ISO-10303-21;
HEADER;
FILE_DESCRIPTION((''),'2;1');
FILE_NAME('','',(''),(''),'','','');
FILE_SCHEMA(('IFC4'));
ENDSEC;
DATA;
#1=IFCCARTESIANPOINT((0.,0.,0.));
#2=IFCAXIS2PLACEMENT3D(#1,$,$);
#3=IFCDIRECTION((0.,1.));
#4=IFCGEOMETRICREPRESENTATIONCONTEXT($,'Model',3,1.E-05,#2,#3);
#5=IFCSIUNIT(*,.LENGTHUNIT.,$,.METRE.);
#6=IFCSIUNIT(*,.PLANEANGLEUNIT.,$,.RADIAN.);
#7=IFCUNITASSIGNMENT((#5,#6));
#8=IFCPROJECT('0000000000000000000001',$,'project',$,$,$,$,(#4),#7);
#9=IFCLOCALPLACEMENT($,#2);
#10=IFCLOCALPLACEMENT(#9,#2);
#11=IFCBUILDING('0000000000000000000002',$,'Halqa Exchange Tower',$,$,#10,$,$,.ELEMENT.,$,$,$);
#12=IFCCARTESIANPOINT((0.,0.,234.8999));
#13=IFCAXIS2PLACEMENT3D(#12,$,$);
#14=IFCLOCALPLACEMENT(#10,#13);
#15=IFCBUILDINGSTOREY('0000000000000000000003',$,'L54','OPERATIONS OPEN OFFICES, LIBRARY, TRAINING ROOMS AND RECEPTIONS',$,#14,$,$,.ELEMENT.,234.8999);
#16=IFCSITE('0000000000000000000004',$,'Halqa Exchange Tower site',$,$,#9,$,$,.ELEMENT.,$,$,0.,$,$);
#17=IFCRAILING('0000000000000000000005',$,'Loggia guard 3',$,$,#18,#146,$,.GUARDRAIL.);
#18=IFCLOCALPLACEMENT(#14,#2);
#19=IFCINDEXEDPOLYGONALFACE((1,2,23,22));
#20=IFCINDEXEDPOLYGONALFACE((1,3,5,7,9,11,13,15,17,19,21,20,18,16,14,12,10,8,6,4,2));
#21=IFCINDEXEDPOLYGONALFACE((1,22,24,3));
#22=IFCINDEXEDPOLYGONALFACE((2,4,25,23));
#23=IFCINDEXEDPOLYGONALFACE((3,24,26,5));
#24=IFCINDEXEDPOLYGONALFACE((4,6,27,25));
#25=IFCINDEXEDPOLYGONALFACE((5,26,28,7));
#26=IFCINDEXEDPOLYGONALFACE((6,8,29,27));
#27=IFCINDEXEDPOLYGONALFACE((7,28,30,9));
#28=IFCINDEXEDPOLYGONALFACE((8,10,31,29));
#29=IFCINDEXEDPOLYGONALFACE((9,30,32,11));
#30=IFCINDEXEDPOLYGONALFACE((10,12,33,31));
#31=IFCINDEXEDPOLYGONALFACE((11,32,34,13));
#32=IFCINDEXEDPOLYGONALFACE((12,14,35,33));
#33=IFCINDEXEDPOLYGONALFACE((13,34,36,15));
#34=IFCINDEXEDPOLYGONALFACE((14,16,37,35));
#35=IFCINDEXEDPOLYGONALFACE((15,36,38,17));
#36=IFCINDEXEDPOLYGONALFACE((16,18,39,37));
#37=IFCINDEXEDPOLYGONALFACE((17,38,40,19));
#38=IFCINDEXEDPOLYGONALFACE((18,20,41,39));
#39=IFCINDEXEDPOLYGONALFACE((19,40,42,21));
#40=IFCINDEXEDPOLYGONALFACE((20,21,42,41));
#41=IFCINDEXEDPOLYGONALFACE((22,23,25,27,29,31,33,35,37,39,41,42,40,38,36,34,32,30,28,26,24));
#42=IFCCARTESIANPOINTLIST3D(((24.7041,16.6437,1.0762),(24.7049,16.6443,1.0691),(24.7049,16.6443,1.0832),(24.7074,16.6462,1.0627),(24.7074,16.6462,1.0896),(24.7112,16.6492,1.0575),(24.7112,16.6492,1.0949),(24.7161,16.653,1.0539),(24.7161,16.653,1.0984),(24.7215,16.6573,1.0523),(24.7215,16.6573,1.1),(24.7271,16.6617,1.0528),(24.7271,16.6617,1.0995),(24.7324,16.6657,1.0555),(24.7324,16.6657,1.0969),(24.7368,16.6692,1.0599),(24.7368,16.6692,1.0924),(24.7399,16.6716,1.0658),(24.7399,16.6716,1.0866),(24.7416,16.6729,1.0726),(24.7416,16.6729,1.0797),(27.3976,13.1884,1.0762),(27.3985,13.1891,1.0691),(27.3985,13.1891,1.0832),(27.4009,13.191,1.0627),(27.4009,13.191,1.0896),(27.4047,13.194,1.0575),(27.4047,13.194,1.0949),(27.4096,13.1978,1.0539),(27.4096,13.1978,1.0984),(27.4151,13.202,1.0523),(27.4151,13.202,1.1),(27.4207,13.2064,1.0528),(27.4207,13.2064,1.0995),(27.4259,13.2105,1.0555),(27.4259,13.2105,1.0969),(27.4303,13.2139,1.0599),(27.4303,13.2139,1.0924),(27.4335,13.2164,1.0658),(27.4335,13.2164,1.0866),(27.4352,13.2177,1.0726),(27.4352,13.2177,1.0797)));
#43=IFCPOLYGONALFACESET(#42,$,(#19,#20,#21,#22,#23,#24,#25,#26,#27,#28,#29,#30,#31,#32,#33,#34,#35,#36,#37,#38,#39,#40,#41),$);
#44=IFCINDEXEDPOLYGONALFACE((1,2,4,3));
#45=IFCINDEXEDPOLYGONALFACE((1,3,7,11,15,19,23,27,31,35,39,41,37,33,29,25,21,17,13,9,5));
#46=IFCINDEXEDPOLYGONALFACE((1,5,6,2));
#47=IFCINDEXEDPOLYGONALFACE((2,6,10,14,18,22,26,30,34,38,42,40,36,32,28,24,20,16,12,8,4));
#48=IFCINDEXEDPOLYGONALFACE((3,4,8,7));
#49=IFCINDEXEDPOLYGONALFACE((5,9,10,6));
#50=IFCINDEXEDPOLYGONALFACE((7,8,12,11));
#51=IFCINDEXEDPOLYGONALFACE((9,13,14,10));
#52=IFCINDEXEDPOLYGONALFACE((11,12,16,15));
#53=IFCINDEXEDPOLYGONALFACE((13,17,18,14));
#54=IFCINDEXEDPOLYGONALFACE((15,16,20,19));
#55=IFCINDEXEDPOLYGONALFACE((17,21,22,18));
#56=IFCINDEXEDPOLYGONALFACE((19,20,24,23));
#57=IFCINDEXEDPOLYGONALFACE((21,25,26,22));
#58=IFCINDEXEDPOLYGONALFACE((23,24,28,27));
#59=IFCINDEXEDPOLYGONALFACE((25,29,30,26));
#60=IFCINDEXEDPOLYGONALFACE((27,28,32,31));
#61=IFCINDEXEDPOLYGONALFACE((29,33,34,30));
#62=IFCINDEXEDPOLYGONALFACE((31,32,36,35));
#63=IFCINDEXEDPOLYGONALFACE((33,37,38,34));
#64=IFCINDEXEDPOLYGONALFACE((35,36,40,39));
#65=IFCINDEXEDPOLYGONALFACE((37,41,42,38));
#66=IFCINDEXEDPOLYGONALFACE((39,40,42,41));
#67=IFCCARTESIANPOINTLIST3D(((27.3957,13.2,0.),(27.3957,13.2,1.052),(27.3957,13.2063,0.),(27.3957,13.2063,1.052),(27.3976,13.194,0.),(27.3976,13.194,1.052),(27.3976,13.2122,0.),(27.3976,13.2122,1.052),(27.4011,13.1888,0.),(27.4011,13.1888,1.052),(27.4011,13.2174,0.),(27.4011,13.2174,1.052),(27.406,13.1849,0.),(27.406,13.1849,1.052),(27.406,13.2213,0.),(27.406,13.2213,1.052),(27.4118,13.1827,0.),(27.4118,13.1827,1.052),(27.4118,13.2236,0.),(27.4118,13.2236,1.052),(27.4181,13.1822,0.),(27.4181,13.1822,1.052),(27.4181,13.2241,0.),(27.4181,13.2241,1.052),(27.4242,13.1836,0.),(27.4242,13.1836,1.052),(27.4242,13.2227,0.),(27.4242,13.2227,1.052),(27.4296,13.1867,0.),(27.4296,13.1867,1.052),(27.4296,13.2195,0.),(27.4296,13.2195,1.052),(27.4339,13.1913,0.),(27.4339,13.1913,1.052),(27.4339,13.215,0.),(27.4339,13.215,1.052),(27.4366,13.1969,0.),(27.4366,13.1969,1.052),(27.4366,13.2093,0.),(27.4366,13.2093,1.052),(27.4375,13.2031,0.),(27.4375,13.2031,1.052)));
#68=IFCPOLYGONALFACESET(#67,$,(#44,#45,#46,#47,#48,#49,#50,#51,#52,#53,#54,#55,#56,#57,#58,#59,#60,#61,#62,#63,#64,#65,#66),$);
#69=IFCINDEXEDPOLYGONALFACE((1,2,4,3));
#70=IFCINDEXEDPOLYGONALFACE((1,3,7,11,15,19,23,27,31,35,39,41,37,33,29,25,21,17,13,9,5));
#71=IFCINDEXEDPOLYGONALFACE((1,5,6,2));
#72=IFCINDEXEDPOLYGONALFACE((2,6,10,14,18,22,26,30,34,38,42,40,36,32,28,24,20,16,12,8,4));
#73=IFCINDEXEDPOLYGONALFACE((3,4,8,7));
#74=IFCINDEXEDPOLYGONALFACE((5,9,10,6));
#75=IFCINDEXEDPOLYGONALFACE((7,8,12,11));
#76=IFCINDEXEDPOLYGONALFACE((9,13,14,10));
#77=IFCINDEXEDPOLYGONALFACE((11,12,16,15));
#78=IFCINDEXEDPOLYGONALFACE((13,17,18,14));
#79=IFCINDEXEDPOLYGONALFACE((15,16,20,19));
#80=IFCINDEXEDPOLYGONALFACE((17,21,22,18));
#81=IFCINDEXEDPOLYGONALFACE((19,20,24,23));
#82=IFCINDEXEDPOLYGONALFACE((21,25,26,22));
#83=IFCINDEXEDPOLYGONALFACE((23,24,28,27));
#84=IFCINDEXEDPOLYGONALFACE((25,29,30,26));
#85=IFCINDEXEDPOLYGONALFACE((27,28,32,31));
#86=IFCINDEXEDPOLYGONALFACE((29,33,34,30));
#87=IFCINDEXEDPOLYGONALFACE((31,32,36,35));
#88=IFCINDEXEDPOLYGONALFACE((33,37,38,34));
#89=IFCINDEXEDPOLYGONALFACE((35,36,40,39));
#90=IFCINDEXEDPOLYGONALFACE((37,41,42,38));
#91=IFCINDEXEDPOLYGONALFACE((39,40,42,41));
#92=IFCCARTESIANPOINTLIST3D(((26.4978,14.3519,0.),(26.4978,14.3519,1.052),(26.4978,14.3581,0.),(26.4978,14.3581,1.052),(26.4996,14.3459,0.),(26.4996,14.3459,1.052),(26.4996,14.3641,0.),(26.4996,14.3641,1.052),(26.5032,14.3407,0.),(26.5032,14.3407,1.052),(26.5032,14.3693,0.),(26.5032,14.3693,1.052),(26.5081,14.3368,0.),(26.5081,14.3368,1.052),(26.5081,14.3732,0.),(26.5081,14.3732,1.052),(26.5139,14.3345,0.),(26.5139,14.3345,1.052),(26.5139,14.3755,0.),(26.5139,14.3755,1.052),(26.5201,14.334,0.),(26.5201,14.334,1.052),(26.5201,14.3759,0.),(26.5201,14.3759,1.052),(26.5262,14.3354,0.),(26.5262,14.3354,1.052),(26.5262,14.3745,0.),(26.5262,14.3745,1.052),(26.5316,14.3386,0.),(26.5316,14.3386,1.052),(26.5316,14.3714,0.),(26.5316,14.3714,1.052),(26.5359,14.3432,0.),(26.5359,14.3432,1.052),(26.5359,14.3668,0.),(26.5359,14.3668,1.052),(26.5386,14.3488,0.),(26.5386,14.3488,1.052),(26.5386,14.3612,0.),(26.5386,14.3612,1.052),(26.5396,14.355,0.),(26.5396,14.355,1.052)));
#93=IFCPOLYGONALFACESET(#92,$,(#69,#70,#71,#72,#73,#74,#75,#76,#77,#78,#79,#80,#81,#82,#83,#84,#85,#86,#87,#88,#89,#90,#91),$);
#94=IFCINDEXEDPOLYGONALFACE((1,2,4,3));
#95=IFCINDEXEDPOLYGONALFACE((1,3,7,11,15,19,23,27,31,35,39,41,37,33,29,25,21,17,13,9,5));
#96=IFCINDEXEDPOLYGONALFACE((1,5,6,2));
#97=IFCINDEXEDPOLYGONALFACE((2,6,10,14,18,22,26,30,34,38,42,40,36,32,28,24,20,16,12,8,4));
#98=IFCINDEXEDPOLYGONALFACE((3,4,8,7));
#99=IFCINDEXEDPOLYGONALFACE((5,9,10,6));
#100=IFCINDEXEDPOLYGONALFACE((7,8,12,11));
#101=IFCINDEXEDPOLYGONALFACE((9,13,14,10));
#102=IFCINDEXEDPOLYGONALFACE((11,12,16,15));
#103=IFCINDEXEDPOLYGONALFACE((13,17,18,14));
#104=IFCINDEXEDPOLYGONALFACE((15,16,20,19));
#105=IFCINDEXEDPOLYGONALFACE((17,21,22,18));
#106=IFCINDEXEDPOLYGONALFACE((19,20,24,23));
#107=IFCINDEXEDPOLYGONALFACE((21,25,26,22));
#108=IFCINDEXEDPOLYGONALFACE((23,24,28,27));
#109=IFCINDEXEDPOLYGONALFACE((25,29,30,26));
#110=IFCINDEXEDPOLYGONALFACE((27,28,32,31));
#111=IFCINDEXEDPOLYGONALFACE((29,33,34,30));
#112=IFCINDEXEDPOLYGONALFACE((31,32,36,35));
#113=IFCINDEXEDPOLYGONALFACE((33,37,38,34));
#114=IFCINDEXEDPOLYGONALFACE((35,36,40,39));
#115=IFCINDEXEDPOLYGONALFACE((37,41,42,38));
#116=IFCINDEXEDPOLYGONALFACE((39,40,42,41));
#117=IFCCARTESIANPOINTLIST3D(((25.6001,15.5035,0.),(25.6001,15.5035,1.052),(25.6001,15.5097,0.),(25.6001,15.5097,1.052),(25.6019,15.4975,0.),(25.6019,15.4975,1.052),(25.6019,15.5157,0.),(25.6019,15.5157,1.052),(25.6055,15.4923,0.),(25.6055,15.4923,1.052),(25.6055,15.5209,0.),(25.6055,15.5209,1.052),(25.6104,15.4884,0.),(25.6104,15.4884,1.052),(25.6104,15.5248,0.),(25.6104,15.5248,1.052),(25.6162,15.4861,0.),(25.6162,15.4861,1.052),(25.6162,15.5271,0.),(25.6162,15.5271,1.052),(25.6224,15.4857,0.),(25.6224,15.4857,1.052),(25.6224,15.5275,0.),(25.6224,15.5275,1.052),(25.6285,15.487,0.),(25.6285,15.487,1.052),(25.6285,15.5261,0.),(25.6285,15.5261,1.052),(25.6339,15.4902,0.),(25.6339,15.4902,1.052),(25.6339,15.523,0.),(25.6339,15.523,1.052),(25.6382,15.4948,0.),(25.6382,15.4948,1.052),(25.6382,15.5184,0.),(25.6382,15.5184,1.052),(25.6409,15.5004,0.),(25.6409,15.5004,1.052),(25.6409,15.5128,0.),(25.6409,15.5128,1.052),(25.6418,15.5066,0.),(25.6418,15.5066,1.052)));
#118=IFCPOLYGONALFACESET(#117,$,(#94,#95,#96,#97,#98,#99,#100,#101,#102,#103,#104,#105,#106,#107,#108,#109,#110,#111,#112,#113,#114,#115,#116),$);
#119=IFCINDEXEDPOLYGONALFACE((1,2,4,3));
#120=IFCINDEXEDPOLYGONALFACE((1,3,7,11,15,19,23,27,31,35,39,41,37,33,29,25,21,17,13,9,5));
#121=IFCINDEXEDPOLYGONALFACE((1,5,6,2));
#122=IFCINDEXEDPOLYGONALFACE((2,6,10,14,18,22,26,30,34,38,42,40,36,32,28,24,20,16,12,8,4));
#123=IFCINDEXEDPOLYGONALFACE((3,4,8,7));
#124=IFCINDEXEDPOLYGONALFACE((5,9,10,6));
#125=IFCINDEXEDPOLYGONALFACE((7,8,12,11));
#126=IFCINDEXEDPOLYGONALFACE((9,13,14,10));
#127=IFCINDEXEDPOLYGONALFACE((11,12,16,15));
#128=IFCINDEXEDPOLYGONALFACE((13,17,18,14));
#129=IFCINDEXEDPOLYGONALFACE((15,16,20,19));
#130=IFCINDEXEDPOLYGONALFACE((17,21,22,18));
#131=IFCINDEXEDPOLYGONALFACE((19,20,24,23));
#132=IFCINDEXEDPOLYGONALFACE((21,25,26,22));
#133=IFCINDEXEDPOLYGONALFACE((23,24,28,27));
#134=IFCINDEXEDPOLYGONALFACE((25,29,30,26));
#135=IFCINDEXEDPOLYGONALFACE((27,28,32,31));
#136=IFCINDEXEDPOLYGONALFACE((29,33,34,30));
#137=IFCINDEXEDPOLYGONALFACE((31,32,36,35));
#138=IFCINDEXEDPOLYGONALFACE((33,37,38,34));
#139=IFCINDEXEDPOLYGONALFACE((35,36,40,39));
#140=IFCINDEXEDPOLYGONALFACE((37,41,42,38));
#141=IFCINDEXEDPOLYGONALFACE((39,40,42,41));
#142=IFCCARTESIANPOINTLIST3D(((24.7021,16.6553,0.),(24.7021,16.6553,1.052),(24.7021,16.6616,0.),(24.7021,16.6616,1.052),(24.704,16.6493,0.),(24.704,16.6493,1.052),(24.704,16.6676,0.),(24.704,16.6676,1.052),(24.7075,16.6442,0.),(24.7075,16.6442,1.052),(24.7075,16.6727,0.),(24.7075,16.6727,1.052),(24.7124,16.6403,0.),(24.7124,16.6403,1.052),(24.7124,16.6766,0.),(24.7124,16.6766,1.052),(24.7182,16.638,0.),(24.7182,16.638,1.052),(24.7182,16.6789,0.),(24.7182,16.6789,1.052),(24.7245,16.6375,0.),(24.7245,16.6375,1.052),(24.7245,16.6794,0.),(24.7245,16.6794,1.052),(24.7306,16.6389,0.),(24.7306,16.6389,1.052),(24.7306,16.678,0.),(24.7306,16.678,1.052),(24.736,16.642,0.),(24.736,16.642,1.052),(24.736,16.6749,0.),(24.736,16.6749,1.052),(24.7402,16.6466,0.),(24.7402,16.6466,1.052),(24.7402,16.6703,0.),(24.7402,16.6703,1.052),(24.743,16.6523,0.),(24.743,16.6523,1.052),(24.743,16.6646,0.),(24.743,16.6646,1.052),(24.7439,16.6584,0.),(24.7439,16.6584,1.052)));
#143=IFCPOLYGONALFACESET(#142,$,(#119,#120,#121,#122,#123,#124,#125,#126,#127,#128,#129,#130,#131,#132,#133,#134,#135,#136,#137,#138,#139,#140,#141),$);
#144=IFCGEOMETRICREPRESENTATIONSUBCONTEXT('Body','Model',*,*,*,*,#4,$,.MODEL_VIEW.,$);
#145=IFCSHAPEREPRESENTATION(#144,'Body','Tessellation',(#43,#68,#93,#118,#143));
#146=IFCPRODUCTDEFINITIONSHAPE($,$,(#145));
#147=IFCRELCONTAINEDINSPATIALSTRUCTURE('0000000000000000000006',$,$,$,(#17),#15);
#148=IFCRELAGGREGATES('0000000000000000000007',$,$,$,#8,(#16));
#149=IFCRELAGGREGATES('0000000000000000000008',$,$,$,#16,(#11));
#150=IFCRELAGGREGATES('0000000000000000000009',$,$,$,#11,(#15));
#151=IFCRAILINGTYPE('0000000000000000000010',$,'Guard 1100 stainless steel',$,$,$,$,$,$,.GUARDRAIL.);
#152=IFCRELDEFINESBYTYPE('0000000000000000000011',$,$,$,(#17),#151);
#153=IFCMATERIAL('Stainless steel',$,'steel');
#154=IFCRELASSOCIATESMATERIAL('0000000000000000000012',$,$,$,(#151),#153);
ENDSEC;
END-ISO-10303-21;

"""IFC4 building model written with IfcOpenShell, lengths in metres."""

from ifc_helpers import new_model, si_unit, direction, frame, origin, origin_2d, place, context, subcontext, project, spatial, circle, extrude, material, type_object, element, save


model = new_model("IFC4")

# Units and contexts
model_context = context("Model", 3, precision=1e-05, world=origin(), true_north=direction((0.0, 1.0)))
body_context = subcontext(model_context, "Body", "Model", "MODEL_VIEW")
ifc_project = project(units=[si_unit("LENGTHUNIT", "METRE"), si_unit("PLANEANGLEUNIT", "RADIAN")], contexts=[model_context])

# Site, building, storey
site_placement = place(None, origin())
site = spatial("IfcSite", under=ifc_project, at=site_placement, Name="Halqa Exchange Tower site", CompositionType="ELEMENT", RefElevation=0.0)
building_placement = place(site_placement, origin())
building = spatial("IfcBuilding", under=site, at=building_placement, Name="Halqa Exchange Tower", CompositionType="ELEMENT")
storey_placement = place(building_placement, frame((0.0, 0.0, 234.8999)))
storey = spatial("IfcBuildingStorey", under=building, at=storey_placement, Name="L54", Description="OPERATIONS OPEN OFFICES, LIBRARY, TRAINING ROOMS AND RECEPTIONS", CompositionType="ELEMENT", Elevation=234.8999)

# Railing
ifc_material_1 = material(Name="Stainless steel", Category="steel")
railing_type = type_object("IfcRailingType", Name="Guard 1100 stainless steel", PredefinedType="GUARDRAIL", material=ifc_material_1)
railing_1_placement = place(storey_placement, frame((27.4165, 13.2031, 0.0)))
element("IfcRailing", 1, at=railing_1_placement, inside=storey, type_object=railing_type, Name="Loggia guard 3", PredefinedType="GUARDRAIL", context=body_context, shape_type="SweptSolid", body=[
    extrude(circle(Radius=0.0239, at=origin_2d()), frame((0.0, 0.0, 1.0762), z_axis=(-0.614812, 0.788674, 0.0), x_axis=(-0.788674, -0.614812, 0.0)), (0.0, 0.0, 1.0), 4.3811),
    extrude(circle(Radius=0.021, at=origin_2d()), origin(), (0.0, 0.0, 1.0), 1.052),
    extrude(circle(Radius=0.021, at=origin_2d()), frame((-0.8979, 1.1519, 0.0)), (0.0, 0.0, 1.0), 1.052),
    extrude(circle(Radius=0.021, at=origin_2d()), frame((-1.7957, 2.3035, 0.0)), (0.0, 0.0, 1.0), 1.052),
    extrude(circle(Radius=0.021, at=origin_2d()), frame((-2.6936, 3.4553, 0.0)), (0.0, 0.0, 1.0), 1.052),
])

save(model, "model.ifc")
